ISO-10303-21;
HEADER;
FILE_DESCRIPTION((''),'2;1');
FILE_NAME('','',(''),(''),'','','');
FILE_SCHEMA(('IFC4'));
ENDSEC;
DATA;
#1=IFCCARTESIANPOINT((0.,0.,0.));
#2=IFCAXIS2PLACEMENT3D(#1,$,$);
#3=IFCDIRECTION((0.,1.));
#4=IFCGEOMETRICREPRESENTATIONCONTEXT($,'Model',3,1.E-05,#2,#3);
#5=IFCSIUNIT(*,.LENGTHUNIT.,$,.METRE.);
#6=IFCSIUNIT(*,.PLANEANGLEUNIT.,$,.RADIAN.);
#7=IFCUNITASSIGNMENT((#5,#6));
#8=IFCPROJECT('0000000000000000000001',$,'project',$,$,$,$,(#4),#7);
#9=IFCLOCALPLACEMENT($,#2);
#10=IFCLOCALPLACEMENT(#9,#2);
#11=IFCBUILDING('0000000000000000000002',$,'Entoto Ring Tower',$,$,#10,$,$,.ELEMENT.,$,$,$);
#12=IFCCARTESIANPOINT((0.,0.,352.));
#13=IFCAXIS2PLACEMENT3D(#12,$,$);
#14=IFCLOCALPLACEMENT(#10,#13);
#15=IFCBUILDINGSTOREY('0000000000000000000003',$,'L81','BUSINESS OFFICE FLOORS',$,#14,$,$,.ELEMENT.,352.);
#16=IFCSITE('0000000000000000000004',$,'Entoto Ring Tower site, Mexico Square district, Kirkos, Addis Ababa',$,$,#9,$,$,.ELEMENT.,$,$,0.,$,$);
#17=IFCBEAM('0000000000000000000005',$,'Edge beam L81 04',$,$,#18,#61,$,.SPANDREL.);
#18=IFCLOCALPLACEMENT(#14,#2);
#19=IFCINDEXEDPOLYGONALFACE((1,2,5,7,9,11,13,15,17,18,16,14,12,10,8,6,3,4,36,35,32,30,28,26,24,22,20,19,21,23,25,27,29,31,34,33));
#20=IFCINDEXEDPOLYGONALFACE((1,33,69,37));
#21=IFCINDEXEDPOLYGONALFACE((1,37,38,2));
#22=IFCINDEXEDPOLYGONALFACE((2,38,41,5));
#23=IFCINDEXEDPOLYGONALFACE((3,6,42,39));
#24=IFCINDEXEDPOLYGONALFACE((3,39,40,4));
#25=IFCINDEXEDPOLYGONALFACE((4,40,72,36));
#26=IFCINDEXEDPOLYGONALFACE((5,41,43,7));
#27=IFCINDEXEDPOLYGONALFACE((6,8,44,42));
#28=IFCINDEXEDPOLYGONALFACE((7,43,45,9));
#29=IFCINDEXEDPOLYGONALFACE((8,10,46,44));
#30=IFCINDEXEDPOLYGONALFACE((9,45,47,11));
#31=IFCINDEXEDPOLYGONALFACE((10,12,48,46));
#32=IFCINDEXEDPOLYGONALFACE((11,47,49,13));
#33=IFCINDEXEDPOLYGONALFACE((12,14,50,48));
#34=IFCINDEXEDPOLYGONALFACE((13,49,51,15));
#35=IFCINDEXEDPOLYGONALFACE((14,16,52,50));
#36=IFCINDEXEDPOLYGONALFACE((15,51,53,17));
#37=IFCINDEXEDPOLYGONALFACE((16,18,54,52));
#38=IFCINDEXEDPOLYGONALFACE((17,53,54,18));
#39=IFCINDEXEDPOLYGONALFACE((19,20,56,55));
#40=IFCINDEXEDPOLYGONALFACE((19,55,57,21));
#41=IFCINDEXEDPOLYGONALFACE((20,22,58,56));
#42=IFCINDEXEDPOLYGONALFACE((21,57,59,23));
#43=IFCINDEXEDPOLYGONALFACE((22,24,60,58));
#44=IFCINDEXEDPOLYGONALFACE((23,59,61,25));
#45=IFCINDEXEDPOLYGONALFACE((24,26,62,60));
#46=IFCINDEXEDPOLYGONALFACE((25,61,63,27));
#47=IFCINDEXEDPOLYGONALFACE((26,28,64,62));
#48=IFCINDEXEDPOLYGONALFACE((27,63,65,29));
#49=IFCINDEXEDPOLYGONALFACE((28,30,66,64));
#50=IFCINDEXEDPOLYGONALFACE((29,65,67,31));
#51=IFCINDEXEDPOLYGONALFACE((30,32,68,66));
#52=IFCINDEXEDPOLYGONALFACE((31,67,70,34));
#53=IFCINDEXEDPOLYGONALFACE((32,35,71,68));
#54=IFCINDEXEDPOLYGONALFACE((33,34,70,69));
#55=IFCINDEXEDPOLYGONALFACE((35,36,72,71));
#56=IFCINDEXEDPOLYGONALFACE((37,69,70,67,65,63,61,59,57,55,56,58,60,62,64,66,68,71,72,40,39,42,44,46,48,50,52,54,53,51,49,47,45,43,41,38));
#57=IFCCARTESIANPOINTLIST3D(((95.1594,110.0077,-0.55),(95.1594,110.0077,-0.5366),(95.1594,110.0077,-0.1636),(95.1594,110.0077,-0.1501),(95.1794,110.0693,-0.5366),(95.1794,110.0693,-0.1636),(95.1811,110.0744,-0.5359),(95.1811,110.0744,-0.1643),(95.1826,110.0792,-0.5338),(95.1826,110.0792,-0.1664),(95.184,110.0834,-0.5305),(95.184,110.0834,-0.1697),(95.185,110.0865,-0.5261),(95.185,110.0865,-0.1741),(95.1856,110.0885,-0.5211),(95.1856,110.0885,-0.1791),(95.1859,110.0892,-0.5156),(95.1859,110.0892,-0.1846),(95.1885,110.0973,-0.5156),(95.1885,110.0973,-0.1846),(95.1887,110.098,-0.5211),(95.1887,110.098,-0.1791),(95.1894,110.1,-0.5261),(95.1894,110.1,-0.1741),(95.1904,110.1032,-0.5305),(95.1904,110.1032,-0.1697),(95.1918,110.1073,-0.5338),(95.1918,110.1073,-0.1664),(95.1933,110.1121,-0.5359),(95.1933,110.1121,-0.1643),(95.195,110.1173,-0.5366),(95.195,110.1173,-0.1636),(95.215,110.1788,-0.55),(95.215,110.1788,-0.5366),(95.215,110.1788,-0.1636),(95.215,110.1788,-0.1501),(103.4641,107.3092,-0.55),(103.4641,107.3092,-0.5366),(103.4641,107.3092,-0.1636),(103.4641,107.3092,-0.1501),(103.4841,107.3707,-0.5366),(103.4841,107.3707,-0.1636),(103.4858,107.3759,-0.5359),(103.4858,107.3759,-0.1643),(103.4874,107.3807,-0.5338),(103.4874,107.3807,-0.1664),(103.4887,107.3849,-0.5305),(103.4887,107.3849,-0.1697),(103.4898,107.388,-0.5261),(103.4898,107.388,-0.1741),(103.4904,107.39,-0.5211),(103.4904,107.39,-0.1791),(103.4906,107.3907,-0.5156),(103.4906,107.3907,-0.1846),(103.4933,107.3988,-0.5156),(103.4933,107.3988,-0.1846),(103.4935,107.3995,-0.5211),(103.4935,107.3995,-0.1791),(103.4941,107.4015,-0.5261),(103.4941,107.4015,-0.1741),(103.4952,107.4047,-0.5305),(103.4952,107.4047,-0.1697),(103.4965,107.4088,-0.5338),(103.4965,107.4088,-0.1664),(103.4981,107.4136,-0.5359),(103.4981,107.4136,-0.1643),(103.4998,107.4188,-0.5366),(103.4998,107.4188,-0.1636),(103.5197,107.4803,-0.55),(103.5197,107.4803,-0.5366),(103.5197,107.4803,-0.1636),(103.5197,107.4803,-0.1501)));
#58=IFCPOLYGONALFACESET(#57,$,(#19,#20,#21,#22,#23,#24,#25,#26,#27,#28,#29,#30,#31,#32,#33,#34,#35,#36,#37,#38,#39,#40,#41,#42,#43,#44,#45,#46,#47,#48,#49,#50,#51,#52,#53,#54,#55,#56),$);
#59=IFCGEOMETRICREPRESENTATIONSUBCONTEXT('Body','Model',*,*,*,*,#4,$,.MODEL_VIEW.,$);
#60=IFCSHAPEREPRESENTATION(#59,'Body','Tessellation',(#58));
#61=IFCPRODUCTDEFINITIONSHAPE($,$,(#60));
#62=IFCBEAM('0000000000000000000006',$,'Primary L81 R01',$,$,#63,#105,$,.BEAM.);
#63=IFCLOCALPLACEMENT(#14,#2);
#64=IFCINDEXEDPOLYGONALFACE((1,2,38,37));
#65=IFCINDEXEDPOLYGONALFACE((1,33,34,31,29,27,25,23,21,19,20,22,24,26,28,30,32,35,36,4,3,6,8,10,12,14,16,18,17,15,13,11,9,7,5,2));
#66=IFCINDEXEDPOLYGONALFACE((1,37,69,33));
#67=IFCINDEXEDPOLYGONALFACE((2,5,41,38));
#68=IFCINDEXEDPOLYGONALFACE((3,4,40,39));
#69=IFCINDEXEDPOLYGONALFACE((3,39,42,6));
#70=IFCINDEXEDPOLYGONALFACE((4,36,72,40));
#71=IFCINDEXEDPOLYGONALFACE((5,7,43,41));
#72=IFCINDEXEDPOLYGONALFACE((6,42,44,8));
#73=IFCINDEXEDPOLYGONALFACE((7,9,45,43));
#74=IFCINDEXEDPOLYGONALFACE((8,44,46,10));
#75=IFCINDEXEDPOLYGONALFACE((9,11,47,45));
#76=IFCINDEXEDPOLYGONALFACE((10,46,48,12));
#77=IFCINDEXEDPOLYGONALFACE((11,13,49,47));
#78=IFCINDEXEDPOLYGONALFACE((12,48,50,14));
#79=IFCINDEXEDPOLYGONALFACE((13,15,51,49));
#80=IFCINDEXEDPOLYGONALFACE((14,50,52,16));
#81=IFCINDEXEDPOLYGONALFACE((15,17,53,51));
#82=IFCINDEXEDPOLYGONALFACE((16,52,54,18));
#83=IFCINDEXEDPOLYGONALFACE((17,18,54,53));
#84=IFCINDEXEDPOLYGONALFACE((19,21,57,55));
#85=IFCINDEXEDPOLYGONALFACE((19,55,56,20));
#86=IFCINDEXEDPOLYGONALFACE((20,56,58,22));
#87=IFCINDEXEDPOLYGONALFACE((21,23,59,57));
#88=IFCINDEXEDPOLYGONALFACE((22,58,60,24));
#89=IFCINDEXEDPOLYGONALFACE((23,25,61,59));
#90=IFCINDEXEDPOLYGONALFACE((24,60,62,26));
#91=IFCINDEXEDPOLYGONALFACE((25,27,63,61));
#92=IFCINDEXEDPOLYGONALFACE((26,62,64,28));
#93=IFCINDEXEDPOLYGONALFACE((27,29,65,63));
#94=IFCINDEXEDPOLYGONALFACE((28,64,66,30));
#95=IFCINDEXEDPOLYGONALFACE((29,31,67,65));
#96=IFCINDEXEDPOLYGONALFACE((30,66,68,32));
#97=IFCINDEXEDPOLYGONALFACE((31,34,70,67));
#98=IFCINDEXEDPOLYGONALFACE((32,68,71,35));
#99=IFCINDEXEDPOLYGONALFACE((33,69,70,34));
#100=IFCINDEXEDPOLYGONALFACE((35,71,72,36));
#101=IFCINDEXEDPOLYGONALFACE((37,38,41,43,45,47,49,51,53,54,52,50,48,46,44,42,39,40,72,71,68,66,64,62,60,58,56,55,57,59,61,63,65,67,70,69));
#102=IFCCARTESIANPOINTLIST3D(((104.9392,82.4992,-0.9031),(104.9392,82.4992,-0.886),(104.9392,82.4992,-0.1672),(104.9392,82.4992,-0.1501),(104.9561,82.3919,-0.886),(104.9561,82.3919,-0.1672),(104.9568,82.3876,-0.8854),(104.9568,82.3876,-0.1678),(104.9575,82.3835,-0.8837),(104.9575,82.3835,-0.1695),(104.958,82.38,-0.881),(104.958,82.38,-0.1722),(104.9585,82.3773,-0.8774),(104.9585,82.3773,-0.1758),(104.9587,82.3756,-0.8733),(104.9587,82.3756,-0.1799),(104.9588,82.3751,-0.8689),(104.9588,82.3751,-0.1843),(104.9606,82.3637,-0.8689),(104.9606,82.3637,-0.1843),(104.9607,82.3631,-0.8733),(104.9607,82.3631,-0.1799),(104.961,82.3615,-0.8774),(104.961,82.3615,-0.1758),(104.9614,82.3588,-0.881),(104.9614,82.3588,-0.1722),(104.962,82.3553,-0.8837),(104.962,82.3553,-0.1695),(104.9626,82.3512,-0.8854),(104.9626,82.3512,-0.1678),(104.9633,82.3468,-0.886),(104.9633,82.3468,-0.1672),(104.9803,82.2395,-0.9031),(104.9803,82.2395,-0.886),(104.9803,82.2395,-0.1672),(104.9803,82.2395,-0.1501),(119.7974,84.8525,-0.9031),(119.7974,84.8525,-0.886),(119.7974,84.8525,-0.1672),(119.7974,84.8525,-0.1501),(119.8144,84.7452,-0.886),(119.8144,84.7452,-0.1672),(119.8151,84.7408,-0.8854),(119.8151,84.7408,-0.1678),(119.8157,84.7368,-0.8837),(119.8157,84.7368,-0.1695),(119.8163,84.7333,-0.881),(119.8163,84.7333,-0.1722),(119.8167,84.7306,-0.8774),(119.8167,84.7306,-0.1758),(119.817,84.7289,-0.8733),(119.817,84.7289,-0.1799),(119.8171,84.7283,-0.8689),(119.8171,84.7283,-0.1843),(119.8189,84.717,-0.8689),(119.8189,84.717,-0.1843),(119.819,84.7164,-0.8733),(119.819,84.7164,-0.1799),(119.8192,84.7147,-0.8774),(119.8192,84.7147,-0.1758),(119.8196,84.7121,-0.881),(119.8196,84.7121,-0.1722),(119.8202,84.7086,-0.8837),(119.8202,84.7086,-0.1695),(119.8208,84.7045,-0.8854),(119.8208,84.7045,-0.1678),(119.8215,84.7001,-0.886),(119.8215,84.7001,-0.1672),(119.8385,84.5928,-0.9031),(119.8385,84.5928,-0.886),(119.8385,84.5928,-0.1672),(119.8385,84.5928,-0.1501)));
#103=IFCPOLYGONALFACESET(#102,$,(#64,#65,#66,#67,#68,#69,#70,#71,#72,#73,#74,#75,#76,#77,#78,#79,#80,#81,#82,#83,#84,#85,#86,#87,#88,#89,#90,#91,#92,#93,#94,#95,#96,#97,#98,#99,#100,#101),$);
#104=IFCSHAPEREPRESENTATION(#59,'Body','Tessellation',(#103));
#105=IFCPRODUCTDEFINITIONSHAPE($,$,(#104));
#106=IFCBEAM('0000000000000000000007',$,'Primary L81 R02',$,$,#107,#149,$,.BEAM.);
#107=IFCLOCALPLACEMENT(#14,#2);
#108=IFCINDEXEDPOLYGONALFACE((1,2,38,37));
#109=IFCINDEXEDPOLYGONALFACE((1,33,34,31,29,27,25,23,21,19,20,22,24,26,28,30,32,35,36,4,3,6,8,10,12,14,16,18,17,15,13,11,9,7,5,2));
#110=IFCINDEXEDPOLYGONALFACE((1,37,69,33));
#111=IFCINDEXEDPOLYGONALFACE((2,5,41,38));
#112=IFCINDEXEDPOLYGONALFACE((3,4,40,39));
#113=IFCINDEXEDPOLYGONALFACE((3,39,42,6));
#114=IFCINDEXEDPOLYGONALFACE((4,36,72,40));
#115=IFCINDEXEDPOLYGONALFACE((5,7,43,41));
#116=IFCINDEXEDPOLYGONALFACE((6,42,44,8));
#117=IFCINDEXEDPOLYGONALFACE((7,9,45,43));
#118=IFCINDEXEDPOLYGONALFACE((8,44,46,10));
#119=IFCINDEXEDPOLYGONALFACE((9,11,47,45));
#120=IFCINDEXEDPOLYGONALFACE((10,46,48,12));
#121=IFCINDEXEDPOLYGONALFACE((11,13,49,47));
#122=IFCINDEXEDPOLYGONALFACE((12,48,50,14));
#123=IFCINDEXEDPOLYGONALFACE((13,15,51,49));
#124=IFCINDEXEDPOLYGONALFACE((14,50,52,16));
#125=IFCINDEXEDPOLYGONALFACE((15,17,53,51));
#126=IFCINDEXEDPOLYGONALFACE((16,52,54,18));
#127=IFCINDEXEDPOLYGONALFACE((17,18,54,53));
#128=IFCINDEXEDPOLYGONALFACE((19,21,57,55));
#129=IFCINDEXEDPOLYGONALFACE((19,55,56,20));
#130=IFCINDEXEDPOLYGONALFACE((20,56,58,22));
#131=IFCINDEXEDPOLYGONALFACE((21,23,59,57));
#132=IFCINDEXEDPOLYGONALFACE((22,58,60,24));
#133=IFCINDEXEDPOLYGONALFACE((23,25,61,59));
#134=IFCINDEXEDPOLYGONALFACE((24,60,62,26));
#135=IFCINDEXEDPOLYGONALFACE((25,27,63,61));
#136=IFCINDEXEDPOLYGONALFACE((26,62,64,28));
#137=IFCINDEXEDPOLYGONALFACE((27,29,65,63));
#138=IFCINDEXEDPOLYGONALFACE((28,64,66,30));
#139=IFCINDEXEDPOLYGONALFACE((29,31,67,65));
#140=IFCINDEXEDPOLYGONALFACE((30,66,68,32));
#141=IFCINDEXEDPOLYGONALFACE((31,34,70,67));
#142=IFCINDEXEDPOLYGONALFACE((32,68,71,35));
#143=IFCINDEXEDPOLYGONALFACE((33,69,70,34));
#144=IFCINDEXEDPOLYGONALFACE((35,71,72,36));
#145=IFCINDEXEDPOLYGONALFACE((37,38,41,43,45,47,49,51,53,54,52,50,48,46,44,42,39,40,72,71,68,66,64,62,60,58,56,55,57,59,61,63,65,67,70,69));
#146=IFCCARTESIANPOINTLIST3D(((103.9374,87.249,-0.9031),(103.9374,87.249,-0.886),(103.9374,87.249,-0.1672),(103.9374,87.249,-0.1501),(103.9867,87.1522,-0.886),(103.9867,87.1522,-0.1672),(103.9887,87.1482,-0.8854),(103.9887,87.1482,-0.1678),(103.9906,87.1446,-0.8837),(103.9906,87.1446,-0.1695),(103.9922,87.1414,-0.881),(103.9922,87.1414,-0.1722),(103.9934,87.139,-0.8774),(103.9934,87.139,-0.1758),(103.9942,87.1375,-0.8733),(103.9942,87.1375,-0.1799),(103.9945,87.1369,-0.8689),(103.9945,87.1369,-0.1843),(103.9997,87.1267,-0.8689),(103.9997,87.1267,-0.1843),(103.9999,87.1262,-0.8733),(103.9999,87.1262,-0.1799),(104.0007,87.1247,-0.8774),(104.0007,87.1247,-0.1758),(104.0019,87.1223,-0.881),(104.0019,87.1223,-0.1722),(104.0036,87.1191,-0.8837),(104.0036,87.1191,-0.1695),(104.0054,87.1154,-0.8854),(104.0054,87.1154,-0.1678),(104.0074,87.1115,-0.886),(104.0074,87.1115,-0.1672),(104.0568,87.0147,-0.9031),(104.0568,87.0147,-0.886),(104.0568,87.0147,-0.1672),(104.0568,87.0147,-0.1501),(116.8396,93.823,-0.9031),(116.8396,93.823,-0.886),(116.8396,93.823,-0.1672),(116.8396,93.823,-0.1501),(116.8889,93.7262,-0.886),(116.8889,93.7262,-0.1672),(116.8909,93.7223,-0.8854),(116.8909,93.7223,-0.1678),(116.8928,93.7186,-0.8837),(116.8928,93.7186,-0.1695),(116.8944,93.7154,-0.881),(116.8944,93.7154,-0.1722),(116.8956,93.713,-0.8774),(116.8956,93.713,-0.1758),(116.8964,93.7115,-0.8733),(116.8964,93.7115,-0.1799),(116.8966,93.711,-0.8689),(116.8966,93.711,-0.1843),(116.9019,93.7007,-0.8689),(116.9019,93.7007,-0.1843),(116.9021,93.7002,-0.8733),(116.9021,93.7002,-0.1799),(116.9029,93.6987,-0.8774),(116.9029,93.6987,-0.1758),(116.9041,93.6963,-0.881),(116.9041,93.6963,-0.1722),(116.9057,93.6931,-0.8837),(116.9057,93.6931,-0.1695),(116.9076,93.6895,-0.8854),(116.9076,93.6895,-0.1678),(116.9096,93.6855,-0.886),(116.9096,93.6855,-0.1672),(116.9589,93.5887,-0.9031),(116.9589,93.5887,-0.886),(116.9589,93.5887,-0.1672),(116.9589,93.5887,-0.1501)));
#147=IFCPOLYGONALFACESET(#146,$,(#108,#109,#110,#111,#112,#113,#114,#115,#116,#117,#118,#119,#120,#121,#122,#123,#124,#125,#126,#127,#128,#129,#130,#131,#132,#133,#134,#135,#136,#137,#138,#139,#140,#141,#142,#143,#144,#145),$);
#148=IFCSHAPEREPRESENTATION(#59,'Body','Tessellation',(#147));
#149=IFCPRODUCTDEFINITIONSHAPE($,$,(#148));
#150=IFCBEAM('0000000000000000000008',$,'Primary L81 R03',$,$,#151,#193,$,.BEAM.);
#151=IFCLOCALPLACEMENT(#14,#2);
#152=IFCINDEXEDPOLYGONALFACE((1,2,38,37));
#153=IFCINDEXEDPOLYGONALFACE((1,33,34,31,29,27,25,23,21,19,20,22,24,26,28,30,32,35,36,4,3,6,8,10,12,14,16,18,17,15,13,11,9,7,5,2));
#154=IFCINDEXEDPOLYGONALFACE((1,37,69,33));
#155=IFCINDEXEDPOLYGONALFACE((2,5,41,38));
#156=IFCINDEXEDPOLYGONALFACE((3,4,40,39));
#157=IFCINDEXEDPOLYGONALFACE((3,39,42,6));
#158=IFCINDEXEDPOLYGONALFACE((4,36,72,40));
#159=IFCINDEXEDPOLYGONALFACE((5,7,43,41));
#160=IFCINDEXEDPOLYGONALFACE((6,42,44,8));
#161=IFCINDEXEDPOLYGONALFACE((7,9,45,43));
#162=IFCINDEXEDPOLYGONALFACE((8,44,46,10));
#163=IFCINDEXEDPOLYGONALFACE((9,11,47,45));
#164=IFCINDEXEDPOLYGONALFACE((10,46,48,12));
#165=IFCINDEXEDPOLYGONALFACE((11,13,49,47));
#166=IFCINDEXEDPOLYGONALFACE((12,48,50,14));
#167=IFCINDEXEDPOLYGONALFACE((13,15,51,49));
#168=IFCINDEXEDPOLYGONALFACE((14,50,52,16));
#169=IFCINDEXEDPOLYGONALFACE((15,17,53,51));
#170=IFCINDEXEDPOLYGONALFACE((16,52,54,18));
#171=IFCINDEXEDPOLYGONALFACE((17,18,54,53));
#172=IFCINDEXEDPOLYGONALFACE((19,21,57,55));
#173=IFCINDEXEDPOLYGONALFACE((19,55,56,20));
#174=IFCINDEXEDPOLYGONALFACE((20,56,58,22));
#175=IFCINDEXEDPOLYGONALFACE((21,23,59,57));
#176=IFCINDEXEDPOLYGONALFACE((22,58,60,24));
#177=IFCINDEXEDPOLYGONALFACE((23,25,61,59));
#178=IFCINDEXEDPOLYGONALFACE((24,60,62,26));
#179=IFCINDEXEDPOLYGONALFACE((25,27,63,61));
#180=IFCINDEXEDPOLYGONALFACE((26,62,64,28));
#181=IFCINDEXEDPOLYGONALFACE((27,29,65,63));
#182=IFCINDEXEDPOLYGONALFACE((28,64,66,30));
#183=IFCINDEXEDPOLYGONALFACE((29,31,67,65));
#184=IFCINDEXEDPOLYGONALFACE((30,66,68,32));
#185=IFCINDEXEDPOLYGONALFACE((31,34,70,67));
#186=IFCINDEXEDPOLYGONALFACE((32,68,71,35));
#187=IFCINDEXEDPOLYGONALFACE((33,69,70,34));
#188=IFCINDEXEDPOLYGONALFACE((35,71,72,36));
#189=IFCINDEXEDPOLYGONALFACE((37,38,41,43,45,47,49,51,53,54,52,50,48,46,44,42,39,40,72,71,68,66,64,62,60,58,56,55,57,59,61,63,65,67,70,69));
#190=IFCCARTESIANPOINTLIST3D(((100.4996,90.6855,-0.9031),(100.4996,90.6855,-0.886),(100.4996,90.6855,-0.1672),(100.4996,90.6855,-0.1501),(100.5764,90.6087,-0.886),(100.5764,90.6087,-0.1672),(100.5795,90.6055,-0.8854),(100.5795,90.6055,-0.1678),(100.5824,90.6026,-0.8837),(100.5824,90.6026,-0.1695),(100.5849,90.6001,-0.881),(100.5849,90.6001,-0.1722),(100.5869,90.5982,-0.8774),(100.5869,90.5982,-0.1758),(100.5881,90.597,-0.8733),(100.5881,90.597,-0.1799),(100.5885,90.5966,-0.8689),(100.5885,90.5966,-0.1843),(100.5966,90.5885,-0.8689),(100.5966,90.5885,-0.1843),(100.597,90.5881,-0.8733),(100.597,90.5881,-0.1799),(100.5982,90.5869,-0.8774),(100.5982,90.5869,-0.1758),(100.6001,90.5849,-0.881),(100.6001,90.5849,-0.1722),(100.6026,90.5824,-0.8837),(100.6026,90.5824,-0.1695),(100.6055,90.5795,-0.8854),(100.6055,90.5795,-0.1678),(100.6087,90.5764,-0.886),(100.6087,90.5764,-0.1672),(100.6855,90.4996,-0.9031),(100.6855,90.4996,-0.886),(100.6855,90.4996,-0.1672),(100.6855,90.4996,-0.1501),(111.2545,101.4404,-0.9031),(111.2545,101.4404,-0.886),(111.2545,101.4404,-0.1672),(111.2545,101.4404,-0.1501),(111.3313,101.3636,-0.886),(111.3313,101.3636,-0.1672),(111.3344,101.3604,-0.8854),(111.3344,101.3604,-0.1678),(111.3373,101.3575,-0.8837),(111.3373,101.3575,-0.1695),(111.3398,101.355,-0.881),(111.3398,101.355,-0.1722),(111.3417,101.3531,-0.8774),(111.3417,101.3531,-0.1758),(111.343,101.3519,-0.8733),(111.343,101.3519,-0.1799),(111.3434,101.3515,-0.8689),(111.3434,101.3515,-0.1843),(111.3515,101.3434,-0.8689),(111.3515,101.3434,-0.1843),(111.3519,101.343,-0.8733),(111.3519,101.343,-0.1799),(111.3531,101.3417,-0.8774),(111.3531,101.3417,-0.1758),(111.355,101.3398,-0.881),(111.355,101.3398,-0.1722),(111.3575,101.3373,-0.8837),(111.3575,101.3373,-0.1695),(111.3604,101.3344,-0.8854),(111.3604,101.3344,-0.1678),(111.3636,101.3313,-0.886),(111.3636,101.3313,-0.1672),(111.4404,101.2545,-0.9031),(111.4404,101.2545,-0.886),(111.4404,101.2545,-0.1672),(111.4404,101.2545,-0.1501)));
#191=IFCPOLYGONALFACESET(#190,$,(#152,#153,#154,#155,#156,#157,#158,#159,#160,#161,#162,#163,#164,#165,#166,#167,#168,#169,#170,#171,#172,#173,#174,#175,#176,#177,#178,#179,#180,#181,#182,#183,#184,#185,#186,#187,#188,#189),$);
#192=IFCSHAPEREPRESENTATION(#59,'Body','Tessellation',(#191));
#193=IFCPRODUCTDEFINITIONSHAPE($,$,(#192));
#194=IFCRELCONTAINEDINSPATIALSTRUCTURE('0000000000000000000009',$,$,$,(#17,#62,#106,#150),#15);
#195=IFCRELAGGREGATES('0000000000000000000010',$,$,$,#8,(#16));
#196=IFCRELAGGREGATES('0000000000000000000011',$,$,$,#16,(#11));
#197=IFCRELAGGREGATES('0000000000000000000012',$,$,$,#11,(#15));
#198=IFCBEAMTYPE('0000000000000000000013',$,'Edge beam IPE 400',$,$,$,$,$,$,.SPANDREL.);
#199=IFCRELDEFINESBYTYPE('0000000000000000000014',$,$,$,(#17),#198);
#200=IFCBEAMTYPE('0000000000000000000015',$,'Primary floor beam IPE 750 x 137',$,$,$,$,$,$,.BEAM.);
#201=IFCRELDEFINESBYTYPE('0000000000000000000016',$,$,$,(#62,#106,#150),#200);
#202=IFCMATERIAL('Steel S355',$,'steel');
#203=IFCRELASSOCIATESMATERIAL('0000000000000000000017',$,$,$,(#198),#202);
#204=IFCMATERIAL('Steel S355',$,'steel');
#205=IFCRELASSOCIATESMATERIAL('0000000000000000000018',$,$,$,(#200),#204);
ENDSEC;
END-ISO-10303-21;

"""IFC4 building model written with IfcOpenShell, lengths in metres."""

from ifc_helpers import new_model, si_unit, direction, frame, origin, origin_2d, place, context, subcontext, project, spatial, i_section, extrude, material, material_profile, profile_set, type_object, element, save


model = new_model("IFC4")

# Units and contexts
model_context = context("Model", 3, precision=1e-05, world=origin(), true_north=direction((0.0, 1.0)))
body_context = subcontext(model_context, "Body", "Model", "MODEL_VIEW")
ifc_project = project(units=[si_unit("LENGTHUNIT", "METRE"), si_unit("PLANEANGLEUNIT", "RADIAN")], contexts=[model_context])

# Site, building, storey
site_placement = place(None, origin())
site = spatial("IfcSite", under=ifc_project, at=site_placement, Name="Entoto Ring Tower site, Mexico Square district, Kirkos, Addis Ababa", CompositionType="ELEMENT", RefElevation=0.0)
building_placement = place(site_placement, origin())
building = spatial("IfcBuilding", under=site, at=building_placement, Name="Entoto Ring Tower", CompositionType="ELEMENT")
storey_placement = place(building_placement, frame((0.0, 0.0, 352.0)))
storey = spatial("IfcBuildingStorey", under=building, at=storey_placement, Name="L81", Description="BUSINESS OFFICE FLOORS", CompositionType="ELEMENT", Elevation=352.0)

# Beams
ifc_material_1 = material(Name="Steel S355", Category="steel")
ifc_material_profile_1 = material_profile(ifc_material_1, i_section(OverallWidth=0.1799, OverallDepth=0.3999, WebThickness=0.0085, FlangeThickness=0.0134, FilletRadius=0.021, at=origin_2d()), Name="IPE 400")
ifc_profile_set_1 = profile_set([ifc_material_profile_1], Name="Steel S355")
beam_type_1 = type_object("IfcBeamType", Name="Edge beam IPE 400", PredefinedType="SPANDREL", material=ifc_profile_set_1)
beam_1_placement = place(storey_placement, frame((103.4919, 107.3948, -0.3501), z_axis=(-0.951052, 0.30903, 0.0), x_axis=(-0.30903, -0.951052, 0.0)))
element("IfcBeam", 1, at=beam_1_placement, inside=storey, type_object=beam_type_1, Name="Edge beam L81 04", PredefinedType="SPANDREL", context=body_context, shape_type="SweptSolid", body=[
    extrude(i_section(OverallWidth=0.1799, OverallDepth=0.3999, WebThickness=0.0085, FlangeThickness=0.0134, FilletRadius=0.021, at=origin_2d()), origin(), (0.0, 0.0, 1.0), 8.7322),
])
ifc_material_2 = material(Name="Steel S355", Category="steel")
ifc_material_profile_2 = material_profile(ifc_material_2, i_section(OverallWidth=0.2629, OverallDepth=0.7529, WebThickness=0.0115, FlangeThickness=0.0171, FilletRadius=0.0171, at=origin_2d()), Name="IPE 750 x 137")
ifc_profile_set_2 = profile_set([ifc_material_profile_2], Name="Steel S355")
beam_type_2 = type_object("IfcBeamType", Name="Primary floor beam IPE 750 x 137", PredefinedType="BEAM", material=ifc_profile_set_2)
beam_2_placement = place(storey_placement, frame((104.9597, 82.3694, -0.5266), z_axis=(0.987689, 0.156433, 0.0), x_axis=(-0.156433, 0.987689, 0.0)))
element("IfcBeam", 2, at=beam_2_placement, inside=storey, type_object=beam_type_2, Name="Primary L81 R01", PredefinedType="BEAM", context=body_context, shape_type="SweptSolid", body=[
    extrude(i_section(OverallWidth=0.2629, OverallDepth=0.7529, WebThickness=0.0115, FlangeThickness=0.0171, FilletRadius=0.0171, at=origin_2d()), origin(), (0.0, 0.0, 1.0), 15.0435),
])
beam_3_placement = place(storey_placement, frame((103.9971, 87.1318, -0.5266), z_axis=(0.891006, 0.453992, 0.0), x_axis=(-0.453992, 0.891006, 0.0)))
element("IfcBeam", 3, at=beam_3_placement, inside=storey, type_object=beam_type_2, Name="Primary L81 R02", PredefinedType="BEAM", context=body_context, shape_type="SweptSolid", body=[
    extrude(i_section(OverallWidth=0.2629, OverallDepth=0.7529, WebThickness=0.0115, FlangeThickness=0.0171, FilletRadius=0.0171, at=origin_2d()), origin(), (0.0, 0.0, 1.0), 14.4805),
])
beam_4_placement = place(storey_placement, frame((100.5925, 90.5925, -0.5266), z_axis=(0.707107, 0.707107, 0.0), x_axis=(-0.707107, 0.707107, 0.0)))
element("IfcBeam", 4, at=beam_4_placement, inside=storey, type_object=beam_type_2, Name="Primary L81 R03", PredefinedType="BEAM", context=body_context, shape_type="SweptSolid", body=[
    extrude(i_section(OverallWidth=0.2629, OverallDepth=0.7529, WebThickness=0.0115, FlangeThickness=0.0171, FilletRadius=0.0171, at=origin_2d()), origin(), (0.0, 0.0, 1.0), 15.2097),
])

save(model, "model.ifc")
